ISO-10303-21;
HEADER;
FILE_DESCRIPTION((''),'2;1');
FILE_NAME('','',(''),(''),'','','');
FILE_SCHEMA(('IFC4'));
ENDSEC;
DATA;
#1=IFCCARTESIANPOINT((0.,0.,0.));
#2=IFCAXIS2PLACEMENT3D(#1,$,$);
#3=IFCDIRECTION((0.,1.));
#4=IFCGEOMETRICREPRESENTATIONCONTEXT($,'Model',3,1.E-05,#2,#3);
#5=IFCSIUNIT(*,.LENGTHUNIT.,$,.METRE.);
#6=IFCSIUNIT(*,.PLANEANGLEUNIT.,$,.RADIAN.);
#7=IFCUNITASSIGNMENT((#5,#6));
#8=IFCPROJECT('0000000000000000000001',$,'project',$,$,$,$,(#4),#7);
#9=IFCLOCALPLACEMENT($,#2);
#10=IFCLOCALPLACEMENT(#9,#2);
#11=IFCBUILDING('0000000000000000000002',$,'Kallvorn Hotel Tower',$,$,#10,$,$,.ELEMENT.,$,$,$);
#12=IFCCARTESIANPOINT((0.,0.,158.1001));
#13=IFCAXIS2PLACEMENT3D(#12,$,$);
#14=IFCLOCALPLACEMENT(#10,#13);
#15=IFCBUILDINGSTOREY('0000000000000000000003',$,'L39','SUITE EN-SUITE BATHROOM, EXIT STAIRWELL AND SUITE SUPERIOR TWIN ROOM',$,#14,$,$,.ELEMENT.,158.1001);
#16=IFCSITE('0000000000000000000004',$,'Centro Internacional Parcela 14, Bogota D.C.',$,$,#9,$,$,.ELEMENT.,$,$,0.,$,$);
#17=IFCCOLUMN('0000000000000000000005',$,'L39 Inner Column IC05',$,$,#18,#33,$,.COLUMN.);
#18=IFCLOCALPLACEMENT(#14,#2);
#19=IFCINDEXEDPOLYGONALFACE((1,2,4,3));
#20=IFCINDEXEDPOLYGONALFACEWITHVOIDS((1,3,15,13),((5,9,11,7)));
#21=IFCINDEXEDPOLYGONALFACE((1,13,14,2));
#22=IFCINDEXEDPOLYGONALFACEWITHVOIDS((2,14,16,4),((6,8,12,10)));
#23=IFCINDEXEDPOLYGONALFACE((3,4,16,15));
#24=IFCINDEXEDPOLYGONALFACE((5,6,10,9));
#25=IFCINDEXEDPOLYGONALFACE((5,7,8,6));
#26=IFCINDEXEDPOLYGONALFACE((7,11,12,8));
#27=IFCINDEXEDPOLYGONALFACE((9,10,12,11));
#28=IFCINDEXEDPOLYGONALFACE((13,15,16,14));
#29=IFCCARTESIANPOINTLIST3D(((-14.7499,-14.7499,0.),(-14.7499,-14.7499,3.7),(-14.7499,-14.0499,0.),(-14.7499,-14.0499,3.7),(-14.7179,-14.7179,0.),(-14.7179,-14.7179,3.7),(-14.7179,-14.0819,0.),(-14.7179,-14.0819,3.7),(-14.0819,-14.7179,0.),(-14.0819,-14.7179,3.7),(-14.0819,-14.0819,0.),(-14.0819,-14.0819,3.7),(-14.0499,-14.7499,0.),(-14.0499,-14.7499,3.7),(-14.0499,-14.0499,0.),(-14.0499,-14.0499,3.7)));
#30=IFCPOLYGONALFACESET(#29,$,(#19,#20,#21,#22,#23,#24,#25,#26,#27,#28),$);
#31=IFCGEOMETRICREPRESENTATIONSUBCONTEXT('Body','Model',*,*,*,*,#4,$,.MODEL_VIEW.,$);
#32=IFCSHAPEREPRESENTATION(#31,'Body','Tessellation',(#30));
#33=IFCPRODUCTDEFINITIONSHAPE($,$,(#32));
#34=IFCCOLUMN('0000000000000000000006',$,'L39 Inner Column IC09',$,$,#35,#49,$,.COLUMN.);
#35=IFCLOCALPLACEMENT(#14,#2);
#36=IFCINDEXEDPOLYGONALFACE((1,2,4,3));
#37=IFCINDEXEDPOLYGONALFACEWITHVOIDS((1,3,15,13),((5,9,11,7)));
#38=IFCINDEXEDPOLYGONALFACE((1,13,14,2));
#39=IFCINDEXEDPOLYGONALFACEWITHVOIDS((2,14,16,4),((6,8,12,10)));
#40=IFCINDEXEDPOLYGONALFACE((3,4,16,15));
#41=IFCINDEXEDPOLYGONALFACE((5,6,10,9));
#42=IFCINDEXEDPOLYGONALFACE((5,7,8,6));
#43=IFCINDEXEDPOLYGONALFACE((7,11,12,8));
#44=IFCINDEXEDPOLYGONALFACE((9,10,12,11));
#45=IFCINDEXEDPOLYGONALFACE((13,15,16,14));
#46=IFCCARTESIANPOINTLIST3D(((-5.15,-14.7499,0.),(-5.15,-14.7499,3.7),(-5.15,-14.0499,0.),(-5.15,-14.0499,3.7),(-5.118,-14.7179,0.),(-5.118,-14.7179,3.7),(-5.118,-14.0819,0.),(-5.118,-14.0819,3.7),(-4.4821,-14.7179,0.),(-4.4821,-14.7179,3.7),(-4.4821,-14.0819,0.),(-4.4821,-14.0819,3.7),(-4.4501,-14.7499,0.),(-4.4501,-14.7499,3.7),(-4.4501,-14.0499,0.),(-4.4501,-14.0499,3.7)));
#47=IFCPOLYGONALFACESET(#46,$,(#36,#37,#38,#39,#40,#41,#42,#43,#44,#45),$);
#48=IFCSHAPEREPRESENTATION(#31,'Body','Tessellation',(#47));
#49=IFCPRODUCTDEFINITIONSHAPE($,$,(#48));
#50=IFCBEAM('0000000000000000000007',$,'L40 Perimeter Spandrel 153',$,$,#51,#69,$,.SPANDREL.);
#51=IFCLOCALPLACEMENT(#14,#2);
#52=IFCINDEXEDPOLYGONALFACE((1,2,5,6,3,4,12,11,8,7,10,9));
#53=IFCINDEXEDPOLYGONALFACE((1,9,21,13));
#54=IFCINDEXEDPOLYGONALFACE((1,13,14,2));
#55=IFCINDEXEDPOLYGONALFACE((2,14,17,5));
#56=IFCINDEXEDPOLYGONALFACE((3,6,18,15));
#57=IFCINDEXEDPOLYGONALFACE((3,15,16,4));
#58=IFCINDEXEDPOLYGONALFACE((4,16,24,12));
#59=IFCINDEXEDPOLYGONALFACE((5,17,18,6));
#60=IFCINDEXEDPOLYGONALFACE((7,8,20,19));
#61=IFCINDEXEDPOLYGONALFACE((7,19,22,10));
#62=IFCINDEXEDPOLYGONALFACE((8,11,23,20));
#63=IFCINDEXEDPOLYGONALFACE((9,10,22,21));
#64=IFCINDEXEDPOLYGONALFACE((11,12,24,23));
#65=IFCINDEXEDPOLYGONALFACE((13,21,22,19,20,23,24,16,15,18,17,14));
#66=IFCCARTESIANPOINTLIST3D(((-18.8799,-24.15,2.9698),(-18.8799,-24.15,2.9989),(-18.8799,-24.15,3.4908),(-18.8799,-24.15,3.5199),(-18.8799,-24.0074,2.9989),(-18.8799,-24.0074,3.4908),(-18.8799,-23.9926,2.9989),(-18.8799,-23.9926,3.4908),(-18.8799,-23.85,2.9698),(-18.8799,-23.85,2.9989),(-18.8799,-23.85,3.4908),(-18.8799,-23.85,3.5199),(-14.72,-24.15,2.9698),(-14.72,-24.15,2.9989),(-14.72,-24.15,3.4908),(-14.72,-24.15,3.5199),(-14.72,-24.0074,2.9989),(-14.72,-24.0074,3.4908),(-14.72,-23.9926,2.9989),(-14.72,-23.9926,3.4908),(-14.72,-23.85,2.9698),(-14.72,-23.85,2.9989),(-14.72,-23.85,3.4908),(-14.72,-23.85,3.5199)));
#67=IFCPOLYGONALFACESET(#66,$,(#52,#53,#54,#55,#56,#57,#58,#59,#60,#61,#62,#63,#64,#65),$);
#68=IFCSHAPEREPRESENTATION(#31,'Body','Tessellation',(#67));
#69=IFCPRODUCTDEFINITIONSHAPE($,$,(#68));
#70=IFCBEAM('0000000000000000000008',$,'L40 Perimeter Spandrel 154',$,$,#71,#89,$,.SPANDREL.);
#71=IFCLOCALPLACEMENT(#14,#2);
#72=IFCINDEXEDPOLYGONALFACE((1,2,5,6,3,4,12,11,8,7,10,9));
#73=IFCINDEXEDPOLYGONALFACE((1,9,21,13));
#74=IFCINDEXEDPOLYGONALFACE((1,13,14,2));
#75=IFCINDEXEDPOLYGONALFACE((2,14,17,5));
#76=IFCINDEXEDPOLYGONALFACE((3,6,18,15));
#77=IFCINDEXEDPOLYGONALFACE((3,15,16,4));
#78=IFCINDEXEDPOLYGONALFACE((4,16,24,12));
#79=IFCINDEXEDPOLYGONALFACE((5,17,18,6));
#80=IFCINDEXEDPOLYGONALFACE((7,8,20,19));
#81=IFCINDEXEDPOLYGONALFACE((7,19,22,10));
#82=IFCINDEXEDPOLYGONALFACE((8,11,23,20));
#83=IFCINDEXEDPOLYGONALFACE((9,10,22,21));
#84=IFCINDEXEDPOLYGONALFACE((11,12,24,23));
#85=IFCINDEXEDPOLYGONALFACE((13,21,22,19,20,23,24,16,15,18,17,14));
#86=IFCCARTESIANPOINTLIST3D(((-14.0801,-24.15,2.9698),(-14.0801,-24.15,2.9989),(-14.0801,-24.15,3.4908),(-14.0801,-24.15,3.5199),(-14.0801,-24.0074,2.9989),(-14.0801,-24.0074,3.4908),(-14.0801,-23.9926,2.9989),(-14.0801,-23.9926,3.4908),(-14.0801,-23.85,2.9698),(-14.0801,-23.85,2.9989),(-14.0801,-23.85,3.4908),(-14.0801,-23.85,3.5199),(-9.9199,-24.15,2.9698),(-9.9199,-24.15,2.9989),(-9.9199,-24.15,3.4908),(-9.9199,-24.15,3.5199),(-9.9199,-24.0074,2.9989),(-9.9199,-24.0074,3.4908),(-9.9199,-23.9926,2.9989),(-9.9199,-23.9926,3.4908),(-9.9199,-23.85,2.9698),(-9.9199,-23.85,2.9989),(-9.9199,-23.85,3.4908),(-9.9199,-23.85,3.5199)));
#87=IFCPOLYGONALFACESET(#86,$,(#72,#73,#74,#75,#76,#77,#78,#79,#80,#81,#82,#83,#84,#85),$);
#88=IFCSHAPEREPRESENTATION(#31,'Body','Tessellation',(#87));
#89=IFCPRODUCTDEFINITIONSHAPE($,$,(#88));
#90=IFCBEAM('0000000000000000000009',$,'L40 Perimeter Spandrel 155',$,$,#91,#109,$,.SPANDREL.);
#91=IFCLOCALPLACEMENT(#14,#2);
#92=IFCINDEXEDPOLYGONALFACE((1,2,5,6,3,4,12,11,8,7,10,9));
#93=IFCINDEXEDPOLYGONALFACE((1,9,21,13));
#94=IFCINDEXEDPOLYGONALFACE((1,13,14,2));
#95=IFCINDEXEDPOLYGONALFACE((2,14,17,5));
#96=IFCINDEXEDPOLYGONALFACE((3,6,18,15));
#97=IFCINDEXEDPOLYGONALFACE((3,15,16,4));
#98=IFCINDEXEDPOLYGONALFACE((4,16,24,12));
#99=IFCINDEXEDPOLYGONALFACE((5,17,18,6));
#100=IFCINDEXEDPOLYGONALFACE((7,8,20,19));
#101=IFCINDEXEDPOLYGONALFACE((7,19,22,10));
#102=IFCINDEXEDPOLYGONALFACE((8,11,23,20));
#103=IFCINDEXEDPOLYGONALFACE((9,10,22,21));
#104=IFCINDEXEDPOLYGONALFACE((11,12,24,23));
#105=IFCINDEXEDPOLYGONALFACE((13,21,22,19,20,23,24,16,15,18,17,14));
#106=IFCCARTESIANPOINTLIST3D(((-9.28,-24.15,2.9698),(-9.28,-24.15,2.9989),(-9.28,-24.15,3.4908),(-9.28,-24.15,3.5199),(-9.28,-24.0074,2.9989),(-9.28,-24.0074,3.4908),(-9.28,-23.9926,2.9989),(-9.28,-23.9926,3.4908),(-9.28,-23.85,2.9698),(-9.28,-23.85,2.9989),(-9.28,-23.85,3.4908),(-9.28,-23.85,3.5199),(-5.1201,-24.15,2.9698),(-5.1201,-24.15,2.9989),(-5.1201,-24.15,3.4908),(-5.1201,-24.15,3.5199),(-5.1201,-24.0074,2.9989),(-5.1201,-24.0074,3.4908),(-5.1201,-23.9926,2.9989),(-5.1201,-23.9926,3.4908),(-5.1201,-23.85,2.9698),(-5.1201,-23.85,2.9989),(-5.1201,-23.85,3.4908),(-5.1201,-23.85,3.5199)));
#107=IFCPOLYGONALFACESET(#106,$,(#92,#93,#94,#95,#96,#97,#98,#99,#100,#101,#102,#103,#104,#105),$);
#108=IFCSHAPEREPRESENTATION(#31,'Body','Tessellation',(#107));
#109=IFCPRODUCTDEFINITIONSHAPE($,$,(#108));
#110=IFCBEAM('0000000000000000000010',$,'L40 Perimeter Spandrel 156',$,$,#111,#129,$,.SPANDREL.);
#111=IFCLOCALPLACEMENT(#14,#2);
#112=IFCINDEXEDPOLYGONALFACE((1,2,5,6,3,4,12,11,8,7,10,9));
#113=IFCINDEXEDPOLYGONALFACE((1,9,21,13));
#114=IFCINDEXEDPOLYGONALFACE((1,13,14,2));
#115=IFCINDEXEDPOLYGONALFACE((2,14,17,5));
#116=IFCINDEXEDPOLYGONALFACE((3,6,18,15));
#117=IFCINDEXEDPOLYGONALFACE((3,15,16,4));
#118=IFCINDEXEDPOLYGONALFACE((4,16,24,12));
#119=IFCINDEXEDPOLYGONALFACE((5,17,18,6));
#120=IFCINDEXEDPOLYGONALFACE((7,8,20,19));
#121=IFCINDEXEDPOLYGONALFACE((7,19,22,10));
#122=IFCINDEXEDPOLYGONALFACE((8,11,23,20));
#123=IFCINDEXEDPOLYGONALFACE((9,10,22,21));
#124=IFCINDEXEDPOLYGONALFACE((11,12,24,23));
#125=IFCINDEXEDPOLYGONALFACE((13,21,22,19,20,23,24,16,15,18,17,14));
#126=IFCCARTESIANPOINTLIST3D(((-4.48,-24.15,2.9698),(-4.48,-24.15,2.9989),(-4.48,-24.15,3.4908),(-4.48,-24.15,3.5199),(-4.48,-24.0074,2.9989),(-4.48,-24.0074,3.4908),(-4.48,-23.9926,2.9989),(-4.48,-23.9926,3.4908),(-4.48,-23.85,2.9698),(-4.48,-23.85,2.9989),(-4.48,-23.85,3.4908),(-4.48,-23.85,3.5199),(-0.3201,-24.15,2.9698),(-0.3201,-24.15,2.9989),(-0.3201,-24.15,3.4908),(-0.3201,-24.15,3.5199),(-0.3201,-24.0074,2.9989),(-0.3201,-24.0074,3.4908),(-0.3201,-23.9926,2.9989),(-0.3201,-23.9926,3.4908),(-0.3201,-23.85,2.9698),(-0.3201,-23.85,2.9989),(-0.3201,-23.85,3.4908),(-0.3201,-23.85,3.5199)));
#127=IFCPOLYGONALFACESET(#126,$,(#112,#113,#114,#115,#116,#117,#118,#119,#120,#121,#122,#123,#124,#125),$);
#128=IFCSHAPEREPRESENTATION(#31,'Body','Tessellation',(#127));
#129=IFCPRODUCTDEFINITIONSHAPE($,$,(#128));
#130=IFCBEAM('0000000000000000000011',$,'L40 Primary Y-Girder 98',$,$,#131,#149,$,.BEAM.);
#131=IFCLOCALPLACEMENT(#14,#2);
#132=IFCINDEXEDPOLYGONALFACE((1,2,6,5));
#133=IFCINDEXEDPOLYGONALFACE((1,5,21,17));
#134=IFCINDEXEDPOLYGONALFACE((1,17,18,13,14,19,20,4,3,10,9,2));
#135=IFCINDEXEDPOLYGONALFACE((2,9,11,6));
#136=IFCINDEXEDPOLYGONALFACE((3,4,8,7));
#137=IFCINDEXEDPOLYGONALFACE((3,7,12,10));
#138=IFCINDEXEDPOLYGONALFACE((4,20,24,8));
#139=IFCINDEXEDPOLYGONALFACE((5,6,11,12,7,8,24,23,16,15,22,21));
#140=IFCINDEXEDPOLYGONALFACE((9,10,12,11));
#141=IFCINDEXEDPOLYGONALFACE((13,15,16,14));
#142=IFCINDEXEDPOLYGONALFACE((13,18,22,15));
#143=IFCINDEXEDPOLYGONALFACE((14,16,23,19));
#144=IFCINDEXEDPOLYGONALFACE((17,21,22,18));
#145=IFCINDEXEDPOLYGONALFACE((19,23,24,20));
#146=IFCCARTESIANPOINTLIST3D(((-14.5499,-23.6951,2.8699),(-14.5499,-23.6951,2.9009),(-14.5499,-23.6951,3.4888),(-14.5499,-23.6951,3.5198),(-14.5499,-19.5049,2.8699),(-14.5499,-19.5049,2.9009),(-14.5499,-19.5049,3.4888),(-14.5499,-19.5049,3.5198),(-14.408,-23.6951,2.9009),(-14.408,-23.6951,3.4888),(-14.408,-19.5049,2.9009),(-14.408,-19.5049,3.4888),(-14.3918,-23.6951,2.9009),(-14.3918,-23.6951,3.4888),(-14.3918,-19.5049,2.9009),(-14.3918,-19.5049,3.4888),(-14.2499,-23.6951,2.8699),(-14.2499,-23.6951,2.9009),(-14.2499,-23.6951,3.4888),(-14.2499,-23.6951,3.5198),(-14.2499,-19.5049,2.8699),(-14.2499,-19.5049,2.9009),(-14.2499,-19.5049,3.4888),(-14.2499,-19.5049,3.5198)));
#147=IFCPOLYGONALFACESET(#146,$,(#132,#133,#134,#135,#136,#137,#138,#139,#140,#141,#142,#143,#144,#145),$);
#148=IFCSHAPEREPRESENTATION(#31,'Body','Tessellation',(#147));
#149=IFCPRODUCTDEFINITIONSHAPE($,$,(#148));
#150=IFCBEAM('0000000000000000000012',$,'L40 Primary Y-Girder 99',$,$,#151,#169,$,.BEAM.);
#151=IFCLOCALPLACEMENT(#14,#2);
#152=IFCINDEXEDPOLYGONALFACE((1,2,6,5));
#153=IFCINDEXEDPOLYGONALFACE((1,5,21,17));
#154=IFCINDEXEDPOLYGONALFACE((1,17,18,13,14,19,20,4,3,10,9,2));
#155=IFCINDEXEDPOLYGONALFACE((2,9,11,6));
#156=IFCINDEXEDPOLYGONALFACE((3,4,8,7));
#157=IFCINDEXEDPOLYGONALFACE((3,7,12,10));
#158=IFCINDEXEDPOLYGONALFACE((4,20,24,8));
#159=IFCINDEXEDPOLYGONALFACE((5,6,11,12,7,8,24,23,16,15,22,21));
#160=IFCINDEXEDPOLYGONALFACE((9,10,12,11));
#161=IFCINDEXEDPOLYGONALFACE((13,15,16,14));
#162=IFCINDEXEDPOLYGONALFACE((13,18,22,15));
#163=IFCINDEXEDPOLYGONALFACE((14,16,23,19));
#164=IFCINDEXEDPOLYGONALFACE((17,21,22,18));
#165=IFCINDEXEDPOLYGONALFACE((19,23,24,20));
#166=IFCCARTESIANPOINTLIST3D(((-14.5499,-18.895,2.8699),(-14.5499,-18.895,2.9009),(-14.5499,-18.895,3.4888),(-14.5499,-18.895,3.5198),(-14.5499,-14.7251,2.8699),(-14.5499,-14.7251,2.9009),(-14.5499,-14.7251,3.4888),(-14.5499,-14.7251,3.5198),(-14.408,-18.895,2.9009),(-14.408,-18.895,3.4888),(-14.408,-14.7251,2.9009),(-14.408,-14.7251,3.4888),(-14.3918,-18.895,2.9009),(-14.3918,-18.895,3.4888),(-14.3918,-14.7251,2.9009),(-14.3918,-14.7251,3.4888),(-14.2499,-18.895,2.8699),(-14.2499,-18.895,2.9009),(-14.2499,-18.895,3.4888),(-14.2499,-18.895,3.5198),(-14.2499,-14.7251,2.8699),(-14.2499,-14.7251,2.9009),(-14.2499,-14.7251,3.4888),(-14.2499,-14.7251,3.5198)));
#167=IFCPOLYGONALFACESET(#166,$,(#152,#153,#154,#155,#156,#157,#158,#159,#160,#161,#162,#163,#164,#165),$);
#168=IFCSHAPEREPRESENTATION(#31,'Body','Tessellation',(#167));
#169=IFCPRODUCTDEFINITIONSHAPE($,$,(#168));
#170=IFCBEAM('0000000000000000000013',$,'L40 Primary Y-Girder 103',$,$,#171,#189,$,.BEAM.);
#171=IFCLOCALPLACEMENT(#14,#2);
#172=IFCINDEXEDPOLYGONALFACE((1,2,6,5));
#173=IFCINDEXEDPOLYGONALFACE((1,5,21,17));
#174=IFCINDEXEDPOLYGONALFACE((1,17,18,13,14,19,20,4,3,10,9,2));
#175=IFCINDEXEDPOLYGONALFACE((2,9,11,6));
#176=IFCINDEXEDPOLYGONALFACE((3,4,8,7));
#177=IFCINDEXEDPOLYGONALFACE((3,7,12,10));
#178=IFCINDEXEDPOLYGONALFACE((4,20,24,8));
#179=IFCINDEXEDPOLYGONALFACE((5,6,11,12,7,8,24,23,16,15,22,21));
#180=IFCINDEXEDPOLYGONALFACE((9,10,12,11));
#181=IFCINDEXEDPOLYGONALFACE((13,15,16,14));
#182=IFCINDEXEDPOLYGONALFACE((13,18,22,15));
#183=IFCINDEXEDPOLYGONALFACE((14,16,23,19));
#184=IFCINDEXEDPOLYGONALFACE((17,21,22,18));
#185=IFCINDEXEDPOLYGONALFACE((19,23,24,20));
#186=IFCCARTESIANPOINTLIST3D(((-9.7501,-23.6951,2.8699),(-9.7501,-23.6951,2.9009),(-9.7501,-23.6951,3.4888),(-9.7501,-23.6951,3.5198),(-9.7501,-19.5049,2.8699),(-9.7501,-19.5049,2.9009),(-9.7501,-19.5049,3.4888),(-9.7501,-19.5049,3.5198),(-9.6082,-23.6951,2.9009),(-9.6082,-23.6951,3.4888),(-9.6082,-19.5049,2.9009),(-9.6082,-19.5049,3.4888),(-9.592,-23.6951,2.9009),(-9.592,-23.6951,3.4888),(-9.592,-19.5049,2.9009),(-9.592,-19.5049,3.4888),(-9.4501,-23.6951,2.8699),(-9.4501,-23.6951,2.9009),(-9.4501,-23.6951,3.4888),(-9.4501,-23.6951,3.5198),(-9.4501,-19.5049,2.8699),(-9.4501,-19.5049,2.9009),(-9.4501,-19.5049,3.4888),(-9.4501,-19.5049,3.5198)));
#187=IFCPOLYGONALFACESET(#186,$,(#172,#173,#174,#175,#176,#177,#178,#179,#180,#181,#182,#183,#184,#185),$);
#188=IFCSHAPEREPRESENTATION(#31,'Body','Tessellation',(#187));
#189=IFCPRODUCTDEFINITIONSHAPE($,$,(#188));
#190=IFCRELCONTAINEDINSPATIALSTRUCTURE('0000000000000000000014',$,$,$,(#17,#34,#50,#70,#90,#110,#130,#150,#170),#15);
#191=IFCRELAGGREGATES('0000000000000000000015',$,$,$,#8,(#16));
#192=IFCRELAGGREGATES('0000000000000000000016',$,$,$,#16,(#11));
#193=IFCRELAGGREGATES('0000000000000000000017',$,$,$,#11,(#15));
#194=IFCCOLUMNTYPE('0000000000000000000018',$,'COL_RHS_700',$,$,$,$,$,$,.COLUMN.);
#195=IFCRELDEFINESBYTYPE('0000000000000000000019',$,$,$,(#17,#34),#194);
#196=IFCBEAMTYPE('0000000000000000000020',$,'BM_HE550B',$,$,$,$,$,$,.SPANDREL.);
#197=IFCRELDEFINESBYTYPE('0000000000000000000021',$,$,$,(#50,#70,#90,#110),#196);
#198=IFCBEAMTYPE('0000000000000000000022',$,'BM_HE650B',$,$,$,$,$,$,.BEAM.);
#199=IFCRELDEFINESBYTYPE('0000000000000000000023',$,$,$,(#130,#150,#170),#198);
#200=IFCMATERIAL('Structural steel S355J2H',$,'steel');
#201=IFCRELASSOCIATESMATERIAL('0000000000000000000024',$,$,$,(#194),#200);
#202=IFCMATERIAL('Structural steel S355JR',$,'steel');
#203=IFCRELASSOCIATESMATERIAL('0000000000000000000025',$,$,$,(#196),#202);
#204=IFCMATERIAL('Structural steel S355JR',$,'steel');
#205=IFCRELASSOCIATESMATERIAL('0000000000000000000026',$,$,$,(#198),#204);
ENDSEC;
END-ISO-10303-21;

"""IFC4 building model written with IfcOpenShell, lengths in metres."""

from ifc_helpers import new_model, si_unit, direction, frame, origin, origin_2d, place, context, subcontext, project, spatial, hollow_rectangle, i_section, extrude, material, material_profile, profile_set, type_object, element, save


model = new_model("IFC4")

# Units and contexts
model_context = context("Model", 3, precision=1e-05, world=origin(), true_north=direction((0.0, 1.0)))
body_context = subcontext(model_context, "Body", "Model", "MODEL_VIEW")
ifc_project = project(units=[si_unit("LENGTHUNIT", "METRE"), si_unit("PLANEANGLEUNIT", "RADIAN")], contexts=[model_context])

# Site, building, storey
site_placement = place(None, origin())
site = spatial("IfcSite", under=ifc_project, at=site_placement, Name="Centro Internacional Parcela 14, Bogota D.C.", CompositionType="ELEMENT", RefElevation=0.0)
building_placement = place(site_placement, origin())
building = spatial("IfcBuilding", under=site, at=building_placement, Name="Kallvorn Hotel Tower", CompositionType="ELEMENT")
storey_placement = place(building_placement, frame((0.0, 0.0, 158.1001)))
storey = spatial("IfcBuildingStorey", under=building, at=storey_placement, Name="L39", Description="SUITE EN-SUITE BATHROOM, EXIT STAIRWELL AND SUITE SUPERIOR TWIN ROOM", CompositionType="ELEMENT", Elevation=158.1001)

# Columns
ifc_material_1 = material(Name="Structural steel S355J2H", Category="steel")
ifc_material_profile_1 = material_profile(ifc_material_1, hollow_rectangle(XDim=0.7, YDim=0.7, WallThickness=0.032, at=origin_2d()), Name="RHS 700x700x32")
ifc_profile_set_1 = profile_set([ifc_material_profile_1], Name="Structural steel S355J2H")
column_type_1 = type_object("IfcColumnType", Name="COL_RHS_700", PredefinedType="COLUMN", material=ifc_profile_set_1)
for number, where, z_axis, x_axis, name in (
    (1, (-14.3999, -14.3999, 0.0), (0.0, 0.0, 1.0), (1.0, 0.0, 0.0), "L39 Inner Column IC05"),
    (2, (-4.8, -14.3999, 0.0), (0.0, 0.0, 1.0), (1.0, 0.0, 0.0), "L39 Inner Column IC09"),
):
    element("IfcColumn", number, at=place(storey_placement, frame(where, z_axis=z_axis, x_axis=x_axis)), inside=storey, type_object=column_type_1, Name=name, PredefinedType="COLUMN", context=body_context, shape_type="SweptSolid", body=[
        extrude(hollow_rectangle(XDim=0.7, YDim=0.7, WallThickness=0.032, at=origin_2d()), origin(), (0.0, 0.0, 1.0), 3.7),
    ])

# Beams
ifc_material_2 = material(Name="Structural steel S355JR", Category="steel")
ifc_material_profile_2 = material_profile(ifc_material_2, i_section(OverallWidth=0.3, OverallDepth=0.55, WebThickness=0.0149, FlangeThickness=0.0291, at=origin_2d()), Name="HE 550 B")
ifc_profile_set_2 = profile_set([ifc_material_profile_2], Name="Structural steel S355JR")
beam_type_1 = type_object("IfcBeamType", Name="BM_HE550B", PredefinedType="SPANDREL", material=ifc_profile_set_2)
beam_1_placement = place(storey_placement, frame((-18.8799, -24.0, 3.2449), z_axis=(1.0, 0.0, 0.0), x_axis=(0.0, 1.0, 0.0)))
element("IfcBeam", 3, at=beam_1_placement, inside=storey, type_object=beam_type_1, Name="L40 Perimeter Spandrel 153", PredefinedType="SPANDREL", context=body_context, shape_type="SweptSolid", body=[
    extrude(i_section(OverallWidth=0.3, OverallDepth=0.55, WebThickness=0.0149, FlangeThickness=0.0291, at=origin_2d()), origin(), (0.0, 0.0, 1.0), 4.1599),
])
beam_2_placement = place(storey_placement, frame((-14.0801, -24.0, 3.2449), z_axis=(1.0, 0.0, 0.0), x_axis=(0.0, 1.0, 0.0)))
element("IfcBeam", 4, at=beam_2_placement, inside=storey, type_object=beam_type_1, Name="L40 Perimeter Spandrel 154", PredefinedType="SPANDREL", context=body_context, shape_type="SweptSolid", body=[
    extrude(i_section(OverallWidth=0.3, OverallDepth=0.55, WebThickness=0.0149, FlangeThickness=0.0291, at=origin_2d()), origin(), (0.0, 0.0, 1.0), 4.1602),
])
for number, where, z_axis, x_axis, name in (
    (5, (-9.28, -24.0, 3.2449), (1.0, 0.0, 0.0), (0.0, 1.0, 0.0), "L40 Perimeter Spandrel 155"),
    (6, (-4.48, -24.0, 3.2449), (1.0, 0.0, 0.0), (0.0, 1.0, 0.0), "L40 Perimeter Spandrel 156"),
):
    element("IfcBeam", number, at=place(storey_placement, frame(where, z_axis=z_axis, x_axis=x_axis)), inside=storey, type_object=beam_type_1, Name=name, PredefinedType="SPANDREL", context=body_context, shape_type="SweptSolid", body=[
        extrude(i_section(OverallWidth=0.3, OverallDepth=0.55, WebThickness=0.0149, FlangeThickness=0.0291, at=origin_2d()), origin(), (0.0, 0.0, 1.0), 4.1599),
    ])
ifc_material_3 = material(Name="Structural steel S355JR", Category="steel")
ifc_material_profile_3 = material_profile(ifc_material_3, i_section(OverallWidth=0.3, OverallDepth=0.6499, WebThickness=0.0161, FlangeThickness=0.031, at=origin_2d()), Name="HE 650 B")
ifc_profile_set_3 = profile_set([ifc_material_profile_3], Name="Structural steel S355JR")
beam_type_2 = type_object("IfcBeamType", Name="BM_HE650B", PredefinedType="BEAM", material=ifc_profile_set_3)
beam_3_placement = place(storey_placement, frame((-14.3999, -23.6951, 3.1948), z_axis=(0.0, 1.0, 0.0), x_axis=(-1.0, 0.0, 0.0)))
element("IfcBeam", 7, at=beam_3_placement, inside=storey, type_object=beam_type_2, Name="L40 Primary Y-Girder 98", PredefinedType="BEAM", context=body_context, shape_type="SweptSolid", body=[
    extrude(i_section(OverallWidth=0.3, OverallDepth=0.6499, WebThickness=0.0161, FlangeThickness=0.031, at=origin_2d()), origin(), (0.0, 0.0, 1.0), 4.1902),
])
beam_4_placement = place(storey_placement, frame((-14.3999, -18.895, 3.1948), z_axis=(0.0, 1.0, 0.0), x_axis=(-1.0, 0.0, 0.0)))
element("IfcBeam", 8, at=beam_4_placement, inside=storey, type_object=beam_type_2, Name="L40 Primary Y-Girder 99", PredefinedType="BEAM", context=body_context, shape_type="SweptSolid", body=[
    extrude(i_section(OverallWidth=0.3, OverallDepth=0.6499, WebThickness=0.0161, FlangeThickness=0.031, at=origin_2d()), origin(), (0.0, 0.0, 1.0), 4.1699),
])
for number, where, z_axis, x_axis, name in (
    (9, (-9.6001, -23.6951, 3.1948), (0.0, 1.0, 0.0), (-1.0, 0.0, 0.0), "L40 Primary Y-Girder 103"),
):
    element("IfcBeam", number, at=place(storey_placement, frame(where, z_axis=z_axis, x_axis=x_axis)), inside=storey, type_object=beam_type_2, Name=name, PredefinedType="BEAM", context=body_context, shape_type="SweptSolid", body=[
        extrude(i_section(OverallWidth=0.3, OverallDepth=0.6499, WebThickness=0.0161, FlangeThickness=0.031, at=origin_2d()), origin(), (0.0, 0.0, 1.0), 4.1902),
    ])

save(model, "model.ifc")
